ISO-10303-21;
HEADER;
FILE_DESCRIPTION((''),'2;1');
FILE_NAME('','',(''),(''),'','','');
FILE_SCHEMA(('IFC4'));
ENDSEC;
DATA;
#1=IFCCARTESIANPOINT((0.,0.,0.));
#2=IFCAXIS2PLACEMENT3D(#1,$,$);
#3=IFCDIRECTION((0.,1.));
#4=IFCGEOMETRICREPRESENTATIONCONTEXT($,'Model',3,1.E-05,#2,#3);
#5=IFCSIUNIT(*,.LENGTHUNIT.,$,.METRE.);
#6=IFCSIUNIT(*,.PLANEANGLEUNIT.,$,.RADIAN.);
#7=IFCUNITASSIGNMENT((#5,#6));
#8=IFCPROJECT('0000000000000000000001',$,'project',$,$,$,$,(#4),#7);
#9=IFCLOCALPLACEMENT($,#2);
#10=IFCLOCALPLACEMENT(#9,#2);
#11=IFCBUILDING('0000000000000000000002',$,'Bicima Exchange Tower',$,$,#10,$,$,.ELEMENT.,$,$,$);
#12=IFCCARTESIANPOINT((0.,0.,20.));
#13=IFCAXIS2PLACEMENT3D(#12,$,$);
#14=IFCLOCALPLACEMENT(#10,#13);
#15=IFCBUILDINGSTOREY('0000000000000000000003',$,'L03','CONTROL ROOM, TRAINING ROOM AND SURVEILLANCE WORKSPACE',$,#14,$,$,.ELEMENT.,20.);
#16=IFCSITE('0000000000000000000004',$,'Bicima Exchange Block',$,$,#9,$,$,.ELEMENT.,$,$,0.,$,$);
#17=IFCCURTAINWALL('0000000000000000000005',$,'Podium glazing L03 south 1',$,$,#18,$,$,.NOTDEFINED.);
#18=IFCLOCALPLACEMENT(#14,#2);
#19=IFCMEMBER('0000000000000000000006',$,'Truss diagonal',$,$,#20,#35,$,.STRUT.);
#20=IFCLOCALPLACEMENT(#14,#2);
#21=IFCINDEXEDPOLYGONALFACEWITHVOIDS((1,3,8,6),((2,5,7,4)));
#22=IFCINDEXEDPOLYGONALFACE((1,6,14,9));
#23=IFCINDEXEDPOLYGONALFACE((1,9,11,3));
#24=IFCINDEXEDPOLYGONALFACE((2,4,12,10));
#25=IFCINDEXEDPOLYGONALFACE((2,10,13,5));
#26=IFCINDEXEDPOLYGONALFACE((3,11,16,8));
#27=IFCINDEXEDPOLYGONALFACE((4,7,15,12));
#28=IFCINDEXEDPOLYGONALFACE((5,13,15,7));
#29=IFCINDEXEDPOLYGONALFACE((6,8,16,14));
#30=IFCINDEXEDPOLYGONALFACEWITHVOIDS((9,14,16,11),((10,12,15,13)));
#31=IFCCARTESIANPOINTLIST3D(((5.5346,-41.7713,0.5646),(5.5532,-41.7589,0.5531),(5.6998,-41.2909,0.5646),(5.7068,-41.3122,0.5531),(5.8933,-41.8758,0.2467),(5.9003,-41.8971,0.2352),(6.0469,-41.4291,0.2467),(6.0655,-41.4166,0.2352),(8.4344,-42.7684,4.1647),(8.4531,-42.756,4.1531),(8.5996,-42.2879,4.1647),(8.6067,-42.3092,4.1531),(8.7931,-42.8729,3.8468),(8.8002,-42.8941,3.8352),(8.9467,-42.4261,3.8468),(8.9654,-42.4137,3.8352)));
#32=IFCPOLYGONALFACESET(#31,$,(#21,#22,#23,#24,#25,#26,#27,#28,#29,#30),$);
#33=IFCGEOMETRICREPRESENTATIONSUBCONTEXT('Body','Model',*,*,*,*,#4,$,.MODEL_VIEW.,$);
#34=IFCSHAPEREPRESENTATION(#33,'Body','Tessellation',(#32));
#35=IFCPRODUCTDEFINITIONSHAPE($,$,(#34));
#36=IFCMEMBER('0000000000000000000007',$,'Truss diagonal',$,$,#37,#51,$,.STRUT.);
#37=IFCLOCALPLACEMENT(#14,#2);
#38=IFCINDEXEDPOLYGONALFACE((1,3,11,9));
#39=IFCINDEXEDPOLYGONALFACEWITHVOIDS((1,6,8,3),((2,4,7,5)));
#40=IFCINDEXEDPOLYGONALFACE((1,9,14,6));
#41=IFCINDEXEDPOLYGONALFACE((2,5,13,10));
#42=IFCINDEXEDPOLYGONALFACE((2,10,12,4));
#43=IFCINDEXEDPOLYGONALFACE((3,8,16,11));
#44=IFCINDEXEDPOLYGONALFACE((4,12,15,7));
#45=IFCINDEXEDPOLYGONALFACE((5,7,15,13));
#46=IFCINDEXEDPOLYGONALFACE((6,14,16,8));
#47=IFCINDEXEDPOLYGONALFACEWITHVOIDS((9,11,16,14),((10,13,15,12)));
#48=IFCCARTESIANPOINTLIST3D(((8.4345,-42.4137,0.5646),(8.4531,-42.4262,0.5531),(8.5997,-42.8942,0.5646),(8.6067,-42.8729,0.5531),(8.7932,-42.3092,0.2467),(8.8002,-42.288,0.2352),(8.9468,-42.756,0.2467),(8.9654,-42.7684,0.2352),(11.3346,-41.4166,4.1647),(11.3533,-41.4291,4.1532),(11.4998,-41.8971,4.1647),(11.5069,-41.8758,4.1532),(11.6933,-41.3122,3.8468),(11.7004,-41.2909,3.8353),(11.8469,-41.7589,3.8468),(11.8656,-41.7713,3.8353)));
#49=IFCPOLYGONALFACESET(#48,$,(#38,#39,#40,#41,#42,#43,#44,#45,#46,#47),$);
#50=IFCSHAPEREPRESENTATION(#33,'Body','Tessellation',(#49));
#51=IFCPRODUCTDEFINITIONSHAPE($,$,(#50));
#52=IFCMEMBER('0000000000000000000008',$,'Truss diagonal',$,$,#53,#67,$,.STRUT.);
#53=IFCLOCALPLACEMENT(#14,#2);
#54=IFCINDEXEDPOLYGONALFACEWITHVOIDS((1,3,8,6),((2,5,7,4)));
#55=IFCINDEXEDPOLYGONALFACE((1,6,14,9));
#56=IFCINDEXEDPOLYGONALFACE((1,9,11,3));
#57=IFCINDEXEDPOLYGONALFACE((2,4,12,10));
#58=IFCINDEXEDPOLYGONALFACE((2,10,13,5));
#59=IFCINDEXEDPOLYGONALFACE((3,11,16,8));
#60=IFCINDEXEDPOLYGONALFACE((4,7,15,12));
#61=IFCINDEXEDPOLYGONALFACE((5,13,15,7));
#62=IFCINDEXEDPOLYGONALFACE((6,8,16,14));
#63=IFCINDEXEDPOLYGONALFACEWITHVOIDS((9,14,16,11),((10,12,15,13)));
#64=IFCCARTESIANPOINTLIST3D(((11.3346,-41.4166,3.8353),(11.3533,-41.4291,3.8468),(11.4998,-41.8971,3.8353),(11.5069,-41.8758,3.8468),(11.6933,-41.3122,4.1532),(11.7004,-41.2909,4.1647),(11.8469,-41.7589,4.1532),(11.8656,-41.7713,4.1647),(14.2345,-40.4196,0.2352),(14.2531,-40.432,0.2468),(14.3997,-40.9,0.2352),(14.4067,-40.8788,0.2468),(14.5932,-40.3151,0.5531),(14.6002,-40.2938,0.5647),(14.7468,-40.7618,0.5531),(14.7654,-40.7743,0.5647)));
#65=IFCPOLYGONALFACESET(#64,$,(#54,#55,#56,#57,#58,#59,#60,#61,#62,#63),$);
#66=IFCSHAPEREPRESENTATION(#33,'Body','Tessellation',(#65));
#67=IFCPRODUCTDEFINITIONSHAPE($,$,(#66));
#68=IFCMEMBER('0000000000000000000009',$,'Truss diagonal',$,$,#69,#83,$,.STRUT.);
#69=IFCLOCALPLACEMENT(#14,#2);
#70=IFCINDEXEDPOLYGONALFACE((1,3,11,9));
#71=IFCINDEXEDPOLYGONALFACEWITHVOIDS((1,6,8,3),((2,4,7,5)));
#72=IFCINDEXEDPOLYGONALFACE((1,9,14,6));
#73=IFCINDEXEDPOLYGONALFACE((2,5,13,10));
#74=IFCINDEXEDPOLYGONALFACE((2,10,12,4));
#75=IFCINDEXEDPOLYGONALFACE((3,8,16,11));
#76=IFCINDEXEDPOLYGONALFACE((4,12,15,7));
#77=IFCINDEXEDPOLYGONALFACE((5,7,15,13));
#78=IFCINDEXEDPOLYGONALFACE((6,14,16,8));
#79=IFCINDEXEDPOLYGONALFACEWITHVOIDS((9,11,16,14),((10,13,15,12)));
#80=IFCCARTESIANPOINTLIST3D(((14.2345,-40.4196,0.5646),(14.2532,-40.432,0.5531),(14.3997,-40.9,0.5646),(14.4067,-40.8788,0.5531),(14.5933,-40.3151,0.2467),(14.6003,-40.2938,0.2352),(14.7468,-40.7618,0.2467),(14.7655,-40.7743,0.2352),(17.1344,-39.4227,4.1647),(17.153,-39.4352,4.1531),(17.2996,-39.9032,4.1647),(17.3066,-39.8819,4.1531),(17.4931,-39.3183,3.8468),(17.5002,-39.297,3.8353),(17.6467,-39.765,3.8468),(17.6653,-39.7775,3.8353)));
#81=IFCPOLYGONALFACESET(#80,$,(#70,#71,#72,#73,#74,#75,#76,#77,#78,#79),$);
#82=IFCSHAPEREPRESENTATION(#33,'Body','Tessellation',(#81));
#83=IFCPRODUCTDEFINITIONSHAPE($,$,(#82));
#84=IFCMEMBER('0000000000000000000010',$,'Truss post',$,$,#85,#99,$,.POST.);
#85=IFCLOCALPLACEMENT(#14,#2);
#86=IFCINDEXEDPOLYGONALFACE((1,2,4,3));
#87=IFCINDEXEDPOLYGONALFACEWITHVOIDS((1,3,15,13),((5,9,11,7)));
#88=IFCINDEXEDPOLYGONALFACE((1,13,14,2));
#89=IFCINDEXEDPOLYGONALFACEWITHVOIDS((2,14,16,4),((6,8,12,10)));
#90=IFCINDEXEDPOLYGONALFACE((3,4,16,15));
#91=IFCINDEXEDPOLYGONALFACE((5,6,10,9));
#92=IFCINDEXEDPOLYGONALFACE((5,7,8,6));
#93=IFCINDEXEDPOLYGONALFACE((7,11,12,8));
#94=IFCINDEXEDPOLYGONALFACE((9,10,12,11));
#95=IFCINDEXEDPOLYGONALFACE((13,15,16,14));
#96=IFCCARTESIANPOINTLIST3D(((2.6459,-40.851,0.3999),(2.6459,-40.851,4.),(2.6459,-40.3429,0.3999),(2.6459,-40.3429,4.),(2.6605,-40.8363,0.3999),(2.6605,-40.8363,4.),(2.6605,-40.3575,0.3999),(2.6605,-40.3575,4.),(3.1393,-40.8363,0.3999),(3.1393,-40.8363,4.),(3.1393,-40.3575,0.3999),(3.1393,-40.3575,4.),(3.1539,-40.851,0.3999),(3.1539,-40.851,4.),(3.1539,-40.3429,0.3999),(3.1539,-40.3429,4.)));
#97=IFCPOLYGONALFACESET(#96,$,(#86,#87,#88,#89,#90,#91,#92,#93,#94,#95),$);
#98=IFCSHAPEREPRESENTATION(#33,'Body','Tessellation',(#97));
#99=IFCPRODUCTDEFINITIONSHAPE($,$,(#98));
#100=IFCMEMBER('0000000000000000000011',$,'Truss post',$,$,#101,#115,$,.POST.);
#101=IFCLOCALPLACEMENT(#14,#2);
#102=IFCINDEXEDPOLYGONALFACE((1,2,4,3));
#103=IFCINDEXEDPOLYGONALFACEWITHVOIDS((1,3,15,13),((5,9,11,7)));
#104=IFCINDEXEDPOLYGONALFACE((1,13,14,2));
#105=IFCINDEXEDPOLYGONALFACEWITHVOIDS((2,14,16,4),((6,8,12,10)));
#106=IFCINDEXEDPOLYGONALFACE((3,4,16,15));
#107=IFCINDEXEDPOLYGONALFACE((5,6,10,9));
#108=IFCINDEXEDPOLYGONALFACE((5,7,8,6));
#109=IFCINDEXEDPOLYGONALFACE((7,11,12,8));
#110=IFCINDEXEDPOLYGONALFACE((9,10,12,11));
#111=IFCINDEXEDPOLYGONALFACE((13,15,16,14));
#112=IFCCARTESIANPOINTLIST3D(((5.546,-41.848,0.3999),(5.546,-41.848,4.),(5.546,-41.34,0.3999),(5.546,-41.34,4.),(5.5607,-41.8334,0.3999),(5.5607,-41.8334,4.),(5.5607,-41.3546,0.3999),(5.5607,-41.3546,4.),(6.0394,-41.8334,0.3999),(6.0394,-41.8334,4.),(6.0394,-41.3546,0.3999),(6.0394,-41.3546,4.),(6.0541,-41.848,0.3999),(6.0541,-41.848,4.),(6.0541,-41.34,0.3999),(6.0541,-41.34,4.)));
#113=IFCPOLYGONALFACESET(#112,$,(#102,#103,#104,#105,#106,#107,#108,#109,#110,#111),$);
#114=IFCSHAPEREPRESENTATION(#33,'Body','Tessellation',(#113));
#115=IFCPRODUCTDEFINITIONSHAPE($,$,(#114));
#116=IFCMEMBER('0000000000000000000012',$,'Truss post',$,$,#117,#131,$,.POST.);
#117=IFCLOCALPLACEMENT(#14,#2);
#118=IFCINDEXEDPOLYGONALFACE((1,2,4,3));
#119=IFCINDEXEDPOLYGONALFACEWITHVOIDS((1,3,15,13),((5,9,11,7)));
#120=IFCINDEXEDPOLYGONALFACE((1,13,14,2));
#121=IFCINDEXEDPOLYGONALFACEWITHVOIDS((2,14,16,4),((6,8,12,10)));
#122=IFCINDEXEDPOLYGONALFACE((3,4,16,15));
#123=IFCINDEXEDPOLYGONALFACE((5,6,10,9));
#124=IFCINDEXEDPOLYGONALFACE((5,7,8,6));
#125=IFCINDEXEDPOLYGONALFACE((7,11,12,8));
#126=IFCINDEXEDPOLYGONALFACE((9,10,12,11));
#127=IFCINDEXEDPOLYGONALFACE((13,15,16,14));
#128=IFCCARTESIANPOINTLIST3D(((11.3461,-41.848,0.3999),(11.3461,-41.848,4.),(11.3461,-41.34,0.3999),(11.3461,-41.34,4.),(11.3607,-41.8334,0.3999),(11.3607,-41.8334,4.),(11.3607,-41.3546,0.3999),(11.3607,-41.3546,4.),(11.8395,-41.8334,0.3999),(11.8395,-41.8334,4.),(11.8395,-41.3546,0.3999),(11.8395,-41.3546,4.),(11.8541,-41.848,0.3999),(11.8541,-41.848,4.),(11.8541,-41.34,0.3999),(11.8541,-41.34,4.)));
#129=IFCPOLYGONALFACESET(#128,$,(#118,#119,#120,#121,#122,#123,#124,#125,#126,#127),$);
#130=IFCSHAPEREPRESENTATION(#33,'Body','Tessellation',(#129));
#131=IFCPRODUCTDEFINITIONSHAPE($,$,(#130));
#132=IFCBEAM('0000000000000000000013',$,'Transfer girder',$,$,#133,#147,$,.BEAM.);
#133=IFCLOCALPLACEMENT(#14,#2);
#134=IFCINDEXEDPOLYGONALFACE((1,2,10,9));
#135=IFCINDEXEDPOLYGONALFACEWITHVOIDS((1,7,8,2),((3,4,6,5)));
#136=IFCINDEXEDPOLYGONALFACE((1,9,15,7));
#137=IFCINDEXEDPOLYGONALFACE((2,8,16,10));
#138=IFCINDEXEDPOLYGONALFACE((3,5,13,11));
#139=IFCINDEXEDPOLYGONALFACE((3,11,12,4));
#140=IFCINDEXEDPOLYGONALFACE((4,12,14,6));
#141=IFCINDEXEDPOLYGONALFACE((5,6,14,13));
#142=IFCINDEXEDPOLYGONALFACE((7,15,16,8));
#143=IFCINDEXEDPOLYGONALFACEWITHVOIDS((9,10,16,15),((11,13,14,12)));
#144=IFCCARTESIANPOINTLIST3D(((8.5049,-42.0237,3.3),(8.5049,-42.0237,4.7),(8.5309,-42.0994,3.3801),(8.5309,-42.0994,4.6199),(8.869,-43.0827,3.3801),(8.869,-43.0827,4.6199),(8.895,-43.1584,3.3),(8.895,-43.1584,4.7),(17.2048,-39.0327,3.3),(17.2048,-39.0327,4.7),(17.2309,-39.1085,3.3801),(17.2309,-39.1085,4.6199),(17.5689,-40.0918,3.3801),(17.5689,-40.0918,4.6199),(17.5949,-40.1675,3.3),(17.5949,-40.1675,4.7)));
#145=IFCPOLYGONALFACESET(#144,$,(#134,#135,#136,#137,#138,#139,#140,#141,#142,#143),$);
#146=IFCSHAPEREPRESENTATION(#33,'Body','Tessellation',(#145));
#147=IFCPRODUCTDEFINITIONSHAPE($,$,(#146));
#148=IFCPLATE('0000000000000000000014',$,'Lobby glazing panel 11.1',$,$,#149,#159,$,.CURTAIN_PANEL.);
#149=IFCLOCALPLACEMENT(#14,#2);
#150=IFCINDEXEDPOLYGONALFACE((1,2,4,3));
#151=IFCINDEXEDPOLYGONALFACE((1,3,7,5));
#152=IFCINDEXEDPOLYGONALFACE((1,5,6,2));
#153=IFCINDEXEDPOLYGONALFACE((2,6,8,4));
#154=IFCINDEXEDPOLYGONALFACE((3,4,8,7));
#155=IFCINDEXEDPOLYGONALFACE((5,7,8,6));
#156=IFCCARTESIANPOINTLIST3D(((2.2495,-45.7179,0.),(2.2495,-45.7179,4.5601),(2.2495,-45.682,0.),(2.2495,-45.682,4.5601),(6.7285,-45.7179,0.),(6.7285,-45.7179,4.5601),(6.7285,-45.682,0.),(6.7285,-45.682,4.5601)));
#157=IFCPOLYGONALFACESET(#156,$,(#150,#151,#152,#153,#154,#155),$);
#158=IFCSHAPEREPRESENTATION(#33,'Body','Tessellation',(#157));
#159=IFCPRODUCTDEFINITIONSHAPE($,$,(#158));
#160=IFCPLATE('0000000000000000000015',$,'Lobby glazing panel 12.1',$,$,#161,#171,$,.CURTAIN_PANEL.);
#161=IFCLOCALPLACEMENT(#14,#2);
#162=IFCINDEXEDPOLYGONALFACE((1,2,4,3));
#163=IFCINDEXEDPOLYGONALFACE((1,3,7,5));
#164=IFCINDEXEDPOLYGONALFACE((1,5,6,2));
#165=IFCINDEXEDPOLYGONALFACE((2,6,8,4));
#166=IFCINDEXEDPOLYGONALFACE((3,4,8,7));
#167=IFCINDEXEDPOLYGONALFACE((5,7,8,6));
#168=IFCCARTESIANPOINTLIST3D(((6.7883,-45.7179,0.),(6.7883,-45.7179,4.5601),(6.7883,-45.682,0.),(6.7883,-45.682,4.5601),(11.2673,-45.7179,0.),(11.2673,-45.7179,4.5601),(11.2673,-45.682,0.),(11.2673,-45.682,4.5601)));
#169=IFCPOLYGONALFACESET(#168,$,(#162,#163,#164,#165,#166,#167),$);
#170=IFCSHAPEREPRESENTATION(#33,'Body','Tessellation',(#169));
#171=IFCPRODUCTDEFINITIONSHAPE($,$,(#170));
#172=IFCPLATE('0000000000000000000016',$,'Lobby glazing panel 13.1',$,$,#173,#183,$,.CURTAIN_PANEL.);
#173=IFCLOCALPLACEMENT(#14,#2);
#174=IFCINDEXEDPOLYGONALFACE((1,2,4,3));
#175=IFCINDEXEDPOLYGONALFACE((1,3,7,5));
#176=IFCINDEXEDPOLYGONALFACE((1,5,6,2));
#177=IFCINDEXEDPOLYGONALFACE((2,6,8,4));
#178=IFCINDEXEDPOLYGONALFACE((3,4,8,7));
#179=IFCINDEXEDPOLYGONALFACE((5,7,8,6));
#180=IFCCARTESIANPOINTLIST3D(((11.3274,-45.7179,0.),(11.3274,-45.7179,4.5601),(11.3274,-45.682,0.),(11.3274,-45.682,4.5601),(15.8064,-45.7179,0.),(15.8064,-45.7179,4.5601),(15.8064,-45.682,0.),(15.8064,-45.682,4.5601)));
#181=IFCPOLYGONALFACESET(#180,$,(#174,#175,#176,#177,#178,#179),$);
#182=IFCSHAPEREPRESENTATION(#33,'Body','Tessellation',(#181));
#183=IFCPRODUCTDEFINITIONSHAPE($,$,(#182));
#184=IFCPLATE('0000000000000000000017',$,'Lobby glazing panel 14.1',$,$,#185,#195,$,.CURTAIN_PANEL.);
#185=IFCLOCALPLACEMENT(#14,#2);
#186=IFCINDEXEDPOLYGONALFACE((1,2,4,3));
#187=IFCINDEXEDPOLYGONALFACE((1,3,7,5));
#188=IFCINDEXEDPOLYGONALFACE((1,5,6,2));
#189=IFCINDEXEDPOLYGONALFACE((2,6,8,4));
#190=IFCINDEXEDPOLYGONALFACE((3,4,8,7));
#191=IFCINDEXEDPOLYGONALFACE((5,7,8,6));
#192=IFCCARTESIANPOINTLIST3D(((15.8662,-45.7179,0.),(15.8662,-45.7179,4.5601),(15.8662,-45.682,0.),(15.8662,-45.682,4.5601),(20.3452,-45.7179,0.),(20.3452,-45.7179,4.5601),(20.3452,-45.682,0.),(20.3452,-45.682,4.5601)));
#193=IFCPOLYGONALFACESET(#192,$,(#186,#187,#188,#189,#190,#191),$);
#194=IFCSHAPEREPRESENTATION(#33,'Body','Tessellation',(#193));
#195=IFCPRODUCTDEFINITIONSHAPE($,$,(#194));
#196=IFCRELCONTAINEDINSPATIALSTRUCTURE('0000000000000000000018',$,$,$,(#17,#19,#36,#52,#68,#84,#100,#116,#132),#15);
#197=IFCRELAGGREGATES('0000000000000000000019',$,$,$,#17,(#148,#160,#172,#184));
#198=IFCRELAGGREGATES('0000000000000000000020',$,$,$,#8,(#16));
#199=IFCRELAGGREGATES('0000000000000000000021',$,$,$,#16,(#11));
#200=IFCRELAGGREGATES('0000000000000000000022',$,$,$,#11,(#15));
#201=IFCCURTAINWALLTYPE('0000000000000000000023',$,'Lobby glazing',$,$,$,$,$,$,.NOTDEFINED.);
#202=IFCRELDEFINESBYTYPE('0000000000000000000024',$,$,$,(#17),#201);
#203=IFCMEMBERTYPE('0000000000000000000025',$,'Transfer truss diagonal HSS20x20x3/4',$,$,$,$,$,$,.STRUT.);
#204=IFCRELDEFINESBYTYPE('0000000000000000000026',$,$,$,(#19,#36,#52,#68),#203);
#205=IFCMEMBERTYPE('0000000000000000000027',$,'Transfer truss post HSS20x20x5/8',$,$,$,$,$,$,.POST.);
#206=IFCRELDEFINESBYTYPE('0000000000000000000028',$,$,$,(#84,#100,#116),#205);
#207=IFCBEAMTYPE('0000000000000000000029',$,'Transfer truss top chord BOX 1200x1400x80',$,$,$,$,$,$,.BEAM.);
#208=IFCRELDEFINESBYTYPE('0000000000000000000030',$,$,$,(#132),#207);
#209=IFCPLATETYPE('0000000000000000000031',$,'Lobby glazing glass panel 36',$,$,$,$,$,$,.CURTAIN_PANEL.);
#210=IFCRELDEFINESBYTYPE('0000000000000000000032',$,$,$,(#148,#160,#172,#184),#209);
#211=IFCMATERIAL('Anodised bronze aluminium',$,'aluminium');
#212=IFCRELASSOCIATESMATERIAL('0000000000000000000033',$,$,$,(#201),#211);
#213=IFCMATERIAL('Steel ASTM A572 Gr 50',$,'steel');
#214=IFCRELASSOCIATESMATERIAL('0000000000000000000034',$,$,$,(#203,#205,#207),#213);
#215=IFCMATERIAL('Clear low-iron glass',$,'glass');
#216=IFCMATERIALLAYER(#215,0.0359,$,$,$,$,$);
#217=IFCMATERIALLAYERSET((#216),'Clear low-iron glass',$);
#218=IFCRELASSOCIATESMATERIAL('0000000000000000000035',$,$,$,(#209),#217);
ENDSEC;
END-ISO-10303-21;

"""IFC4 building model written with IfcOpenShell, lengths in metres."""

from ifc_helpers import new_model, si_unit, direction, frame, origin, origin_2d, place, context, subcontext, project, spatial, rectangle, hollow_rectangle, extrude, material, layer, layer_set, material_profile, profile_set, type_object, element, aggregate, save


model = new_model("IFC4")

# Units and contexts
model_context = context("Model", 3, precision=1e-05, world=origin(), true_north=direction((0.0, 1.0)))
body_context = subcontext(model_context, "Body", "Model", "MODEL_VIEW")
ifc_project = project(units=[si_unit("LENGTHUNIT", "METRE"), si_unit("PLANEANGLEUNIT", "RADIAN")], contexts=[model_context])

# Site, building, storey
site_placement = place(None, origin())
site = spatial("IfcSite", under=ifc_project, at=site_placement, Name="Bicima Exchange Block", CompositionType="ELEMENT", RefElevation=0.0)
building_placement = place(site_placement, origin())
building = spatial("IfcBuilding", under=site, at=building_placement, Name="Bicima Exchange Tower", CompositionType="ELEMENT")
storey_placement = place(building_placement, frame((0.0, 0.0, 20.0)))
storey = spatial("IfcBuildingStorey", under=building, at=storey_placement, Name="L03", Description="CONTROL ROOM, TRAINING ROOM AND SURVEILLANCE WORKSPACE", CompositionType="ELEMENT", Elevation=20.0)

# Curtain wall
ifc_material_1 = material(Name="Anodised bronze aluminium", Category="aluminium")
curtain_wall_type = type_object("IfcCurtainWallType", Name="Lobby glazing", PredefinedType="NOTDEFINED", material=ifc_material_1)
curtain_wall_placement = place(storey_placement, origin())
curtain_wall = element("IfcCurtainWall", 1, at=curtain_wall_placement, inside=storey, type_object=curtain_wall_type, Name="Podium glazing L03 south 1", PredefinedType="NOTDEFINED")

# Members
ifc_material_2 = material(Name="Steel ASTM A572 Gr 50", Category="steel")
ifc_material_profile_1 = material_profile(ifc_material_2, hollow_rectangle(XDim=1.2, YDim=1.3999, WallThickness=0.0801, at=origin_2d()))
ifc_profile_set_1 = profile_set([ifc_material_profile_1], Name="Steel ASTM A572 Gr 50")
ifc_material_profile_2 = material_profile(ifc_material_2, hollow_rectangle(XDim=0.5081, YDim=0.5081, WallThickness=0.0178, at=origin_2d()))
ifc_profile_set_2 = profile_set([ifc_material_profile_2], Name="Steel ASTM A572 Gr 50")
member_type_1 = type_object("IfcMemberType", Name="Transfer truss diagonal HSS20x20x3/4", PredefinedType="STRUT", material=ifc_profile_set_2)
member_1_placement = place(storey_placement, frame((5.8, -41.594, 0.3999), z_axis=(0.613205, -0.210838, 0.761267), x_axis=(0.325147, 0.945664, 0.0)))
element("IfcMember", 2, at=member_1_placement, inside=storey, type_object=member_type_1, Name="Truss diagonal", PredefinedType="STRUT", context=body_context, shape_type="SweptSolid", body=[
    extrude(hollow_rectangle(XDim=0.5081, YDim=0.5081, WallThickness=0.0178, at=origin_2d()), origin(), (0.0, 0.0, 1.0), 4.729),
])
member_2_placement = place(storey_placement, frame((8.7, -42.5911, 0.3999), z_axis=(0.613237, 0.210831, 0.761242), x_axis=(-0.325122, 0.945672, 0.0)))
element("IfcMember", 3, at=member_2_placement, inside=storey, type_object=member_type_1, Name="Truss diagonal", PredefinedType="STRUT", context=body_context, shape_type="SweptSolid", body=[
    extrude(hollow_rectangle(XDim=0.5081, YDim=0.5081, WallThickness=0.0178, at=origin_2d()), origin(), (0.0, 0.0, 1.0), 4.7292),
])
for number, where, z_axis, x_axis, name in (
    (4, (11.6001, -41.594, 4.0), (0.613205, 0.210838, -0.761267), (-0.325147, 0.945664, 0.0), "Truss diagonal"),
    (5, (14.5, -40.5969, 0.3999), (0.613212, 0.210788, 0.761275), (-0.325075, 0.945688, 0.0), "Truss diagonal"),
):
    element("IfcMember", number, at=place(storey_placement, frame(where, z_axis=z_axis, x_axis=x_axis)), inside=storey, type_object=member_type_1, Name=name, PredefinedType="STRUT", context=body_context, shape_type="SweptSolid", body=[
        extrude(hollow_rectangle(XDim=0.5081, YDim=0.5081, WallThickness=0.0178, at=origin_2d()), origin(), (0.0, 0.0, 1.0), 4.729),
    ])
ifc_material_profile_3 = material_profile(ifc_material_2, hollow_rectangle(XDim=0.5081, YDim=0.5081, WallThickness=0.0146, at=origin_2d()))
ifc_profile_set_3 = profile_set([ifc_material_profile_3], Name="Steel ASTM A572 Gr 50")
member_type_2 = type_object("IfcMemberType", Name="Transfer truss post HSS20x20x5/8", PredefinedType="POST", material=ifc_profile_set_3)
for number, where, z_axis, x_axis, name in (
    (6, (2.8999, -40.5969, 0.3999), (0.0, 0.0, 1.0), (1.0, 0.0, 0.0), "Truss post"),
    (7, (5.8, -41.594, 0.3999), (0.0, 0.0, 1.0), (1.0, 0.0, 0.0), "Truss post"),
    (8, (11.6001, -41.594, 0.3999), (0.0, 0.0, 1.0), (1.0, 0.0, 0.0), "Truss post"),
):
    element("IfcMember", number, at=place(storey_placement, frame(where, z_axis=z_axis, x_axis=x_axis)), inside=storey, type_object=member_type_2, Name=name, PredefinedType="POST", context=body_context, shape_type="SweptSolid", body=[
        extrude(hollow_rectangle(XDim=0.5081, YDim=0.5081, WallThickness=0.0146, at=origin_2d()), origin(), (0.0, 0.0, 1.0), 3.6001),
    ])

# Beam
beam_type = type_object("IfcBeamType", Name="Transfer truss top chord BOX 1200x1400x80", PredefinedType="BEAM", material=ifc_profile_set_1)
beam_placement = place(storey_placement, frame((8.7, -42.5911, 4.0), z_axis=(0.945675, 0.325115, 0.0), x_axis=(-0.325115, 0.945675, 0.0)))
element("IfcBeam", 9, at=beam_placement, inside=storey, type_object=beam_type, Name="Transfer girder", PredefinedType="BEAM", context=body_context, shape_type="SweptSolid", body=[
    extrude(hollow_rectangle(XDim=1.2, YDim=1.3999, WallThickness=0.0801, at=origin_2d()), origin(), (0.0, 0.0, 1.0), 9.1997),
])

# Plates
ifc_material_3 = material(Name="Clear low-iron glass", Category="glass")
ifc_layer_1 = layer(ifc_material_3, 0.0359)
ifc_layer_set_1 = layer_set([ifc_layer_1], Name="Clear low-iron glass")
plate_type = type_object("IfcPlateType", Name="Lobby glazing glass panel 36", PredefinedType="CURTAIN_PANEL", material=ifc_layer_set_1)
plate_1_placement = place(storey_placement, frame((4.489, -45.7, 0.0), z_axis=(0.0, 0.0, 1.0), x_axis=(1.0, 0.0, 0.0)))
plate_1 = element("IfcPlate", 10, at=plate_1_placement, type_object=plate_type, Name="Lobby glazing panel 11.1", PredefinedType="CURTAIN_PANEL", context=body_context, shape_type="SweptSolid", body=[
    extrude(rectangle(XDim=4.479, YDim=0.0359, at=origin_2d()), origin(), (0.0, 0.0, 1.0), 4.5601),
])
plate_2_placement = place(storey_placement, frame((9.0278, -45.7, 0.0), z_axis=(0.0, 0.0, 1.0), x_axis=(1.0, 0.0, 0.0)))
plate_2 = element("IfcPlate", 11, at=plate_2_placement, type_object=plate_type, Name="Lobby glazing panel 12.1", PredefinedType="CURTAIN_PANEL", context=body_context, shape_type="SweptSolid", body=[
    extrude(rectangle(XDim=4.479, YDim=0.0359, at=origin_2d()), origin(), (0.0, 0.0, 1.0), 4.5601),
])
plate_3_placement = place(storey_placement, frame((13.5669, -45.7, 0.0), z_axis=(0.0, 0.0, 1.0), x_axis=(1.0, 0.0, 0.0)))
plate_3 = element("IfcPlate", 12, at=plate_3_placement, type_object=plate_type, Name="Lobby glazing panel 13.1", PredefinedType="CURTAIN_PANEL", context=body_context, shape_type="SweptSolid", body=[
    extrude(rectangle(XDim=4.479, YDim=0.0359, at=origin_2d()), origin(), (0.0, 0.0, 1.0), 4.5601),
])
plate_4_placement = place(storey_placement, frame((18.1057, -45.7, 0.0), z_axis=(0.0, 0.0, 1.0), x_axis=(1.0, 0.0, 0.0)))
plate_4 = element("IfcPlate", 13, at=plate_4_placement, type_object=plate_type, Name="Lobby glazing panel 14.1", PredefinedType="CURTAIN_PANEL", context=body_context, shape_type="SweptSolid", body=[
    extrude(rectangle(XDim=4.479, YDim=0.0359, at=origin_2d()), origin(), (0.0, 0.0, 1.0), 4.5601),
])
aggregate(curtain_wall, [plate_1, plate_2, plate_3, plate_4])

save(model, "model.ifc")
